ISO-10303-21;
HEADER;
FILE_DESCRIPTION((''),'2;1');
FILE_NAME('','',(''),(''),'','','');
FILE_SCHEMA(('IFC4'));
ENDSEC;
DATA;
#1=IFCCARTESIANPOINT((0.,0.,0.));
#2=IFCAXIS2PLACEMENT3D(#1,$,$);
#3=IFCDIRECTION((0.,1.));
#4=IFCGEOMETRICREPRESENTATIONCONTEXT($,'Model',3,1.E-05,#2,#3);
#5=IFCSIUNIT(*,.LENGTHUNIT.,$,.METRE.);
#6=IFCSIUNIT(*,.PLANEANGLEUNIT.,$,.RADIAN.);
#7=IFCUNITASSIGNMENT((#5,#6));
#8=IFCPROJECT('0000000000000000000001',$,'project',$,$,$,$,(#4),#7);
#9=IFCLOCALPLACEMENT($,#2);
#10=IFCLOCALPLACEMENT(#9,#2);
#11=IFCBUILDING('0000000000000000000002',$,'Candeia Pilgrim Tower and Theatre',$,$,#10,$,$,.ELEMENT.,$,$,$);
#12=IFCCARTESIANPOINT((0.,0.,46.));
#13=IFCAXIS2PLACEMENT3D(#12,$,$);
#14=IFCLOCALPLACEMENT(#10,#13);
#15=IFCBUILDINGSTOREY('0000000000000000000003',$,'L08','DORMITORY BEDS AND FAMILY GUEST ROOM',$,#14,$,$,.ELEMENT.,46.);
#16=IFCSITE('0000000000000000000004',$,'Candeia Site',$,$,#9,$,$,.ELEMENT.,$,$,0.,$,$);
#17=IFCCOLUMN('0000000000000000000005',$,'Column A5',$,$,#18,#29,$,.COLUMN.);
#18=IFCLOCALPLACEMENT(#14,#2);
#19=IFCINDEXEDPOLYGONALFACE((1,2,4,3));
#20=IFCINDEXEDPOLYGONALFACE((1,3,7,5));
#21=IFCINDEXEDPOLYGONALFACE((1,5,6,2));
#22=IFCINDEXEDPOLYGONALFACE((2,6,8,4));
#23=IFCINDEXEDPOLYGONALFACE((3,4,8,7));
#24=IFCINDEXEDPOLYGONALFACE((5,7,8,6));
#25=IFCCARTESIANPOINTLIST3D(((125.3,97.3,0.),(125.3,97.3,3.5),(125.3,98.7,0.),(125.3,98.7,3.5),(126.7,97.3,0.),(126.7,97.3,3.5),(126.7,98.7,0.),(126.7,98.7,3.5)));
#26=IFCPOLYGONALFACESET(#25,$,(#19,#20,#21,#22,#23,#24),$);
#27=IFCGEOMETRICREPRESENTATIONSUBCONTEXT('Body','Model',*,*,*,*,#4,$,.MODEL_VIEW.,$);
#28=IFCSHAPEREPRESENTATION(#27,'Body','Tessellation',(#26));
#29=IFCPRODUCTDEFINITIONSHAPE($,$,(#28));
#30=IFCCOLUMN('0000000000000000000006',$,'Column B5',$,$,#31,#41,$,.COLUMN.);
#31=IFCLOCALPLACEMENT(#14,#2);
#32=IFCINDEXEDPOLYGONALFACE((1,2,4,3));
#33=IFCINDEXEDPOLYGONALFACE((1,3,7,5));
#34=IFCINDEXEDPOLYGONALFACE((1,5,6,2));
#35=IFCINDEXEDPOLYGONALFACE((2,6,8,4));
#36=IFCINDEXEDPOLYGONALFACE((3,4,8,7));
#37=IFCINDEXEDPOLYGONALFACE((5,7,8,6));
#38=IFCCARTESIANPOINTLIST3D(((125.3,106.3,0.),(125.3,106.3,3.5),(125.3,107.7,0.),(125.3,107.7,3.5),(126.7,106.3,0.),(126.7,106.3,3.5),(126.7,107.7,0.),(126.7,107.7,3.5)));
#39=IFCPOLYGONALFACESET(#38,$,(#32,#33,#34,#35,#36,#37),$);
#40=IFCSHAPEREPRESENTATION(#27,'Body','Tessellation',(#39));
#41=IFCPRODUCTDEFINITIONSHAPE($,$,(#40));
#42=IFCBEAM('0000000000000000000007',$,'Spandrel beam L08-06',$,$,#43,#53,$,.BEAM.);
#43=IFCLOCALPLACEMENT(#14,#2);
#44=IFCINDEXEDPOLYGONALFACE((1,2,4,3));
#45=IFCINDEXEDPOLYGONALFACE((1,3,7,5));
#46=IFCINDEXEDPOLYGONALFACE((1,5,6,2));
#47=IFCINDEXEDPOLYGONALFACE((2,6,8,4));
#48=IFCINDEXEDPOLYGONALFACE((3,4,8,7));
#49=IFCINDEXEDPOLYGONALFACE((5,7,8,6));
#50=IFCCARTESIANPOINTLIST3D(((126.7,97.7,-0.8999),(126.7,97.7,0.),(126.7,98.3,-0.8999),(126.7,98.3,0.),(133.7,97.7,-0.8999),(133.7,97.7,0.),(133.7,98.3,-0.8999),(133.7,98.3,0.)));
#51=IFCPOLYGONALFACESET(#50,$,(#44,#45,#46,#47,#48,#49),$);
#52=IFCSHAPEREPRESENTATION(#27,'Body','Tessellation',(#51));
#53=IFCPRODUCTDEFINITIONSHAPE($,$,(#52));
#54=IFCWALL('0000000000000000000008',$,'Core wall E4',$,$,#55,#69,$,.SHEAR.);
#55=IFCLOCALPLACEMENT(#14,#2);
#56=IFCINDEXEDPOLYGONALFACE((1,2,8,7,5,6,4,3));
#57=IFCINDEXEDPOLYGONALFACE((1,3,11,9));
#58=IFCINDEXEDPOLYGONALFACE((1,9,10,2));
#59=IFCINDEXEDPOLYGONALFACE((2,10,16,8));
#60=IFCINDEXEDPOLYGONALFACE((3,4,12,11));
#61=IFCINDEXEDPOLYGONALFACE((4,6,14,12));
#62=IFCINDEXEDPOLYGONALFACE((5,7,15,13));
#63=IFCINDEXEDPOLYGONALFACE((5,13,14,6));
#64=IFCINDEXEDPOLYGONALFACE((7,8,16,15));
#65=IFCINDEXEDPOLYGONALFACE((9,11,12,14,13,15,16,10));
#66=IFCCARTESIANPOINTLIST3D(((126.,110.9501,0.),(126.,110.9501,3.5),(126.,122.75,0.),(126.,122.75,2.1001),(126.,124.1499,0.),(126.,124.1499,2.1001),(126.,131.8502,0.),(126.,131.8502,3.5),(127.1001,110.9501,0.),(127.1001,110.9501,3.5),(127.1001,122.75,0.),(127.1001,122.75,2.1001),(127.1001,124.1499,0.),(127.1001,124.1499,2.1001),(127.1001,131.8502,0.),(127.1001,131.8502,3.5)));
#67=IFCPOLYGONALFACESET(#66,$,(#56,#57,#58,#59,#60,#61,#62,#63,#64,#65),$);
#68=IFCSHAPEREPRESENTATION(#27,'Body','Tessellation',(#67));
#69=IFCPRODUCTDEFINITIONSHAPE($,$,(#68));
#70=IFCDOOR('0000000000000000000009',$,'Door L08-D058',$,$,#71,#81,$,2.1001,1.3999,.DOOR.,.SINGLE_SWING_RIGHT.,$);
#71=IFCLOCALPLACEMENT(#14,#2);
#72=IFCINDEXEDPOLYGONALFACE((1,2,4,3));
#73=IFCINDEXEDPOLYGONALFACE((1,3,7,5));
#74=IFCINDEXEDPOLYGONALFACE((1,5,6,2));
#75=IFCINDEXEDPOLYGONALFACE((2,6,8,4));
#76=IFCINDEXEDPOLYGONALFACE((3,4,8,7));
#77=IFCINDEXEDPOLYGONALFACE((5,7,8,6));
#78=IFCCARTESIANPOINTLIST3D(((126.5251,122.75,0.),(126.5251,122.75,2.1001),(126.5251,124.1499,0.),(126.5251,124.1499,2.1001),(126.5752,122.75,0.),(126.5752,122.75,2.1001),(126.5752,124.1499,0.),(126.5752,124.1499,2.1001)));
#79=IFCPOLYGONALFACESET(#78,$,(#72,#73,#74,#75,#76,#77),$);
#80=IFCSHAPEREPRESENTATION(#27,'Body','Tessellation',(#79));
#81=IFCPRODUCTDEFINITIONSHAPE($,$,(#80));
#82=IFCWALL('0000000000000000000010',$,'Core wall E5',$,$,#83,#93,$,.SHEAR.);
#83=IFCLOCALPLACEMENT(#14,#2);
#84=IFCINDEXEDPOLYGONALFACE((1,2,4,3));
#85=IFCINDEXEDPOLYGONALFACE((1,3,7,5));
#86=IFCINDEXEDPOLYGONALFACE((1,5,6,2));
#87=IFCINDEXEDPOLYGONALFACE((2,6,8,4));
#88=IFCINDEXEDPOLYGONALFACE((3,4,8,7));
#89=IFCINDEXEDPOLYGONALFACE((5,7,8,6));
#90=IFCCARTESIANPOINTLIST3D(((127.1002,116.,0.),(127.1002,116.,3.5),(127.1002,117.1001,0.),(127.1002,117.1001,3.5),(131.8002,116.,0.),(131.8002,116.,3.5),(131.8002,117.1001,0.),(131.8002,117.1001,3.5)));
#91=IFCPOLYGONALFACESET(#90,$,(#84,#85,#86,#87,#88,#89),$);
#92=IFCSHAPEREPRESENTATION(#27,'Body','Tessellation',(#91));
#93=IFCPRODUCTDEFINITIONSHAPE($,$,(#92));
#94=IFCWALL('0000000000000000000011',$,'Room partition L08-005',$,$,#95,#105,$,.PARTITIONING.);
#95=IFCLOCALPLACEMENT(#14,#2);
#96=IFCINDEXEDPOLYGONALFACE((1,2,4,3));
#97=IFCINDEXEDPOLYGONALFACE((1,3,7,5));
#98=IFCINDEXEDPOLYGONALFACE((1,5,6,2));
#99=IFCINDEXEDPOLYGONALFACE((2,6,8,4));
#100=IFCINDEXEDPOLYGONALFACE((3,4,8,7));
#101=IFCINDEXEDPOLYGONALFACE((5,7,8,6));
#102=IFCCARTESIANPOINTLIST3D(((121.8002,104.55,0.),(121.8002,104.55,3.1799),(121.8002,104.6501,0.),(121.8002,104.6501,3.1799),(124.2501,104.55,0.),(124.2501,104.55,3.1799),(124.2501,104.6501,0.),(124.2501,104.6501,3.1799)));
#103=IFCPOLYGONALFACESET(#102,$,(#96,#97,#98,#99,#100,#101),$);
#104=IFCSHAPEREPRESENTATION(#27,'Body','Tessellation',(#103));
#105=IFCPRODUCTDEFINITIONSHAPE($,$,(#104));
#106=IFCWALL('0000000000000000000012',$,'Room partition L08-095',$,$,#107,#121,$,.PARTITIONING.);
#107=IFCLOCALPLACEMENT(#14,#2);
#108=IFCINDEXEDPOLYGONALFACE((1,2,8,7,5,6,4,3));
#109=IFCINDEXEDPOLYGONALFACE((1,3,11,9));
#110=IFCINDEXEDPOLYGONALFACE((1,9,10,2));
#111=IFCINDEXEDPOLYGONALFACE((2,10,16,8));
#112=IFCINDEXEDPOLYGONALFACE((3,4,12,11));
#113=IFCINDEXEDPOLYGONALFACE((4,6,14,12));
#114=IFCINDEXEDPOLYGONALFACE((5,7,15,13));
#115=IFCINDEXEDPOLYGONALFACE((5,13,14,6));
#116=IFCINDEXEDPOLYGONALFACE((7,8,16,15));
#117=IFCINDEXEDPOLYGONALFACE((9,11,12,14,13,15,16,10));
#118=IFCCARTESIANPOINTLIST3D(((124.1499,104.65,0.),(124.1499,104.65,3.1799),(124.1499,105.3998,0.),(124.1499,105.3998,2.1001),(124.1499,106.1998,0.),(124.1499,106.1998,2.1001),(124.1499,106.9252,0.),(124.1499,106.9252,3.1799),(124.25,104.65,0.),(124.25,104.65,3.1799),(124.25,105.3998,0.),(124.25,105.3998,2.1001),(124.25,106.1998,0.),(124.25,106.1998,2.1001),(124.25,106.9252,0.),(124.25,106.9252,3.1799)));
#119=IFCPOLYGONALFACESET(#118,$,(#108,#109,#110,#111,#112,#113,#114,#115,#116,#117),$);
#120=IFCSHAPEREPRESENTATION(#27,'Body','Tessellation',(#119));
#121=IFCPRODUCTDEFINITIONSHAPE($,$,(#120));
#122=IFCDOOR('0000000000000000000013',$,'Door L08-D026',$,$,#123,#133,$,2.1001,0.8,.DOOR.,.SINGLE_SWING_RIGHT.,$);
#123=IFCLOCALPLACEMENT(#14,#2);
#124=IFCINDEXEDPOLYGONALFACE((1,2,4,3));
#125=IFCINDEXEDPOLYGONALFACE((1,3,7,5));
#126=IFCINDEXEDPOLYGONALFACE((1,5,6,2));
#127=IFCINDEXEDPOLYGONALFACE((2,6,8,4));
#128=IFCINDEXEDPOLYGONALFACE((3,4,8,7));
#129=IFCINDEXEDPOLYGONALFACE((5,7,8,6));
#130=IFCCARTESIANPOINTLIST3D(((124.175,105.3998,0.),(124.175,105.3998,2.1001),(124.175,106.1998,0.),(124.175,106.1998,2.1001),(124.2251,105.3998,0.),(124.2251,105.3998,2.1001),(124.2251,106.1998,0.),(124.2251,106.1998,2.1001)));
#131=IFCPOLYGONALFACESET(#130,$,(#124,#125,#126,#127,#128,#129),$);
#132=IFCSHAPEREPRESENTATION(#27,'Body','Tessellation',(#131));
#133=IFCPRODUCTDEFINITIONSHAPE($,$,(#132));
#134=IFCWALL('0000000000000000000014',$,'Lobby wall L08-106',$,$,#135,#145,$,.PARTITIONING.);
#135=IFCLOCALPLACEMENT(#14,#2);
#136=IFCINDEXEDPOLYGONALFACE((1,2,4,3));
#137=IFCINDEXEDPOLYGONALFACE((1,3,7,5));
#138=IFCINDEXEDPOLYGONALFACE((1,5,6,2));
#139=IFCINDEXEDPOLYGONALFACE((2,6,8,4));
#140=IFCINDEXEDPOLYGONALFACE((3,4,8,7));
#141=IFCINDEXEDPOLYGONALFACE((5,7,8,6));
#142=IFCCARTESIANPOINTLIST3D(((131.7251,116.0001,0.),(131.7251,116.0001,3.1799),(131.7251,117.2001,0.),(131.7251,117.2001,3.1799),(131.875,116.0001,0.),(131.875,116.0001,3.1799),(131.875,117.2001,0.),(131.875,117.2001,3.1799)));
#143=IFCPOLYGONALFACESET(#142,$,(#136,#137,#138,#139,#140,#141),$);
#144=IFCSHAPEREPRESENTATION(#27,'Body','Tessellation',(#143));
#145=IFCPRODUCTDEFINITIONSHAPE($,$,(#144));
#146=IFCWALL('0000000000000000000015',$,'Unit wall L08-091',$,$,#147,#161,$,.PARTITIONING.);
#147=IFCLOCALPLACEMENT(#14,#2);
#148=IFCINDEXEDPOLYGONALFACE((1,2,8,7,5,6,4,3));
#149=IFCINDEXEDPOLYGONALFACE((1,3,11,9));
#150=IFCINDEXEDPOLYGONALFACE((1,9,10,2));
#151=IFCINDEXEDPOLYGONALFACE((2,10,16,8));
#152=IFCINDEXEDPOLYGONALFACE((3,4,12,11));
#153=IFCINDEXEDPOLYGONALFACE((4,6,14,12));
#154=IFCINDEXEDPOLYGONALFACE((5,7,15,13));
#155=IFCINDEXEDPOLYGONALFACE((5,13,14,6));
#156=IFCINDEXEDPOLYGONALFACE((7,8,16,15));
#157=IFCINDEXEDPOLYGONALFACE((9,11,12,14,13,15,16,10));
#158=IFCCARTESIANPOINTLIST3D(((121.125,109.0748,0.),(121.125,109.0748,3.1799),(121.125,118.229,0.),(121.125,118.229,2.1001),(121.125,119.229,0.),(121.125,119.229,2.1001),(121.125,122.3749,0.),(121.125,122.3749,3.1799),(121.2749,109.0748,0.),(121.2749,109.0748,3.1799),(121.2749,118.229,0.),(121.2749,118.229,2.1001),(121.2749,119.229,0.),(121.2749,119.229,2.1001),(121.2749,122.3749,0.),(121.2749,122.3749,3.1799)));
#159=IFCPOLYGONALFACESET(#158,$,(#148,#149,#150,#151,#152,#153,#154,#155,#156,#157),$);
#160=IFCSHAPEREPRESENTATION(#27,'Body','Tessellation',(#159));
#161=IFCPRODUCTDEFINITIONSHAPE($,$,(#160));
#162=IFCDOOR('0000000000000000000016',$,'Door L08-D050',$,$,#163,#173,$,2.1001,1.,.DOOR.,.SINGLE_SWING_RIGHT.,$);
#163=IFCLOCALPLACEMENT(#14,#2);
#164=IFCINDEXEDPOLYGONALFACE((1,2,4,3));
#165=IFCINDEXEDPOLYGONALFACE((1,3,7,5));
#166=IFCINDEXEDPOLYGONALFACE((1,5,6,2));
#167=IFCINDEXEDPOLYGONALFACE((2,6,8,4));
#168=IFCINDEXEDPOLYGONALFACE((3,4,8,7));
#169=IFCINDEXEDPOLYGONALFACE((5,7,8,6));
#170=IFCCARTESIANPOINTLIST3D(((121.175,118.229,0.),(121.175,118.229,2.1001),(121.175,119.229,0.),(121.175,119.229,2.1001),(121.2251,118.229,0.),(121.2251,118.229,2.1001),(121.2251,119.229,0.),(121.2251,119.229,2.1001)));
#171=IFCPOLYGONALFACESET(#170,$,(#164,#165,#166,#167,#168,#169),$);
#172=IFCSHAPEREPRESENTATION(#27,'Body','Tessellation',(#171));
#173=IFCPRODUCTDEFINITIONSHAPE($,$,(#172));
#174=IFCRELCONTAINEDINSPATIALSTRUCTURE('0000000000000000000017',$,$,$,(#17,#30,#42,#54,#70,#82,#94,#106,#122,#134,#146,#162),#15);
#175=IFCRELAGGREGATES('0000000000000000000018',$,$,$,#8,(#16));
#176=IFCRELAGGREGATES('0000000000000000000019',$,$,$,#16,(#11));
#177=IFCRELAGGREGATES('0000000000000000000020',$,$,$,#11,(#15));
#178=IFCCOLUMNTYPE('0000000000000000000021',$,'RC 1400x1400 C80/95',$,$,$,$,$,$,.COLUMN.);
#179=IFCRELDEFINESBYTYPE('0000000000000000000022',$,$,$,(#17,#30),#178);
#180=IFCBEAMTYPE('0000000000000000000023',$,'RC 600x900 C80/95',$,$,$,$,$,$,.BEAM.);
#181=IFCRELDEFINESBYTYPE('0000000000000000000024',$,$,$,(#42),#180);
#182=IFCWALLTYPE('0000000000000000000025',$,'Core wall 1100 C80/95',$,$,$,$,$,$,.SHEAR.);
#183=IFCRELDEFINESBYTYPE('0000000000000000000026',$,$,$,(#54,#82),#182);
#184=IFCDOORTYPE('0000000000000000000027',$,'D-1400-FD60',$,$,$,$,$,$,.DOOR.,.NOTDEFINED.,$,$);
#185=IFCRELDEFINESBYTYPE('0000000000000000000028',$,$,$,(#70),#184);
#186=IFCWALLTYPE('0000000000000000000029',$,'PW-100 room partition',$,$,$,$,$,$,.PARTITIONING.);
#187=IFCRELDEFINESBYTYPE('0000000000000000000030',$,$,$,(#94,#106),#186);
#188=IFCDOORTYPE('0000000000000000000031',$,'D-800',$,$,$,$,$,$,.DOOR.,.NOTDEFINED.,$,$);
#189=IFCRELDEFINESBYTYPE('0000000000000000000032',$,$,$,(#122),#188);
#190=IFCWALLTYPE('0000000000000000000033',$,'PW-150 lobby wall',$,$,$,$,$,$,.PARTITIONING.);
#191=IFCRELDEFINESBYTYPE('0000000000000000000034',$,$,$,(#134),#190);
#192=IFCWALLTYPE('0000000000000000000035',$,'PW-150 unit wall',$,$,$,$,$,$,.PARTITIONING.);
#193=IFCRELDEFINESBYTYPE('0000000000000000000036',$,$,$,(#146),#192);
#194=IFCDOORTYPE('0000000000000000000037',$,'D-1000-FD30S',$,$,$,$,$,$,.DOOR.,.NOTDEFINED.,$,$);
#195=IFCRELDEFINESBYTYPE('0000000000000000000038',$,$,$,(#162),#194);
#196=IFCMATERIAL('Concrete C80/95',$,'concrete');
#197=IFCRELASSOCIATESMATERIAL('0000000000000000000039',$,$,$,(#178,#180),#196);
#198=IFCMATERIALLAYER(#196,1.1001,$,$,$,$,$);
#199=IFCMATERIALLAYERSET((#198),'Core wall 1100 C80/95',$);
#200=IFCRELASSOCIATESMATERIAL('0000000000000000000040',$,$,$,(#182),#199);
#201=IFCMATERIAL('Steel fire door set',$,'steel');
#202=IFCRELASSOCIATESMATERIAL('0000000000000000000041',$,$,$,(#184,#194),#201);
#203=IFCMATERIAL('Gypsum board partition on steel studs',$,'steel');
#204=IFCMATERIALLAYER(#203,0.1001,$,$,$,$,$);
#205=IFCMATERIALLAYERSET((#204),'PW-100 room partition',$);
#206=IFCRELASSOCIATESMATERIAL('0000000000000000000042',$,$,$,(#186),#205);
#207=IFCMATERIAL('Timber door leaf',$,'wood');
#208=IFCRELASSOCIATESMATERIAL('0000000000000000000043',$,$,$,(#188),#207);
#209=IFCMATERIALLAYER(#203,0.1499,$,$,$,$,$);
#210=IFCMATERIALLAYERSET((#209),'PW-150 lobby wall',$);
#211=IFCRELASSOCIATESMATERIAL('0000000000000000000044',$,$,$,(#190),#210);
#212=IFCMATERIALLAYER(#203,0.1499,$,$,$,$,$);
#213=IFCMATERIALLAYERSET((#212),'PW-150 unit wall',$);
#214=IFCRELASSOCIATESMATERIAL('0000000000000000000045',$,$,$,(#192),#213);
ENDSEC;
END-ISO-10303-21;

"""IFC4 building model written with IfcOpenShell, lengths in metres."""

from ifc_helpers import new_model, si_unit, direction, frame, frame_2d, origin, origin_2d, place, context, subcontext, project, spatial, rectangle, extrude, material, layer, layer_set, material_profile, profile_set, type_object, element, fill, save


model = new_model("IFC4")

# Units and contexts
model_context = context("Model", 3, precision=1e-05, world=origin(), true_north=direction((0.0, 1.0)))
body_context = subcontext(model_context, "Body", "Model", "MODEL_VIEW")
ifc_project = project(units=[si_unit("LENGTHUNIT", "METRE"), si_unit("PLANEANGLEUNIT", "RADIAN")], contexts=[model_context])

# Site, building, storey
site_placement = place(None, origin())
site = spatial("IfcSite", under=ifc_project, at=site_placement, Name="Candeia Site", CompositionType="ELEMENT", RefElevation=0.0)
building_placement = place(site_placement, origin())
building = spatial("IfcBuilding", under=site, at=building_placement, Name="Candeia Pilgrim Tower and Theatre", CompositionType="ELEMENT")
storey_placement = place(building_placement, frame((0.0, 0.0, 46.0)))
storey = spatial("IfcBuildingStorey", under=building, at=storey_placement, Name="L08", Description="DORMITORY BEDS AND FAMILY GUEST ROOM", CompositionType="ELEMENT", Elevation=46.0)

# Columns
ifc_material_1 = material(Name="Concrete C80/95", Category="concrete")
ifc_material_profile_1 = material_profile(ifc_material_1, rectangle(XDim=1.3999, YDim=1.3999, at=origin_2d()))
ifc_profile_set_1 = profile_set([ifc_material_profile_1], Name="Concrete C80/95")
column_type = type_object("IfcColumnType", Name="RC 1400x1400 C80/95", PredefinedType="COLUMN", material=ifc_profile_set_1)
for number, where, z_axis, x_axis, name in (
    (1, (126.0, 98.0, 0.0), (0.0, 0.0, 1.0), (1.0, 0.0, 0.0), "Column A5"),
    (2, (126.0, 107.0, 0.0), (0.0, 0.0, 1.0), (1.0, 0.0, 0.0), "Column B5"),
):
    element("IfcColumn", number, at=place(storey_placement, frame(where, z_axis=z_axis, x_axis=x_axis)), inside=storey, type_object=column_type, Name=name, PredefinedType="COLUMN", context=body_context, shape_type="SweptSolid", body=[
        extrude(rectangle(XDim=1.3999, YDim=1.3999, at=origin_2d()), origin(), (0.0, 0.0, 1.0), 3.5),
    ])

# Beam
ifc_material_profile_2 = material_profile(ifc_material_1, rectangle(XDim=0.6001, YDim=0.8999, at=origin_2d()))
ifc_profile_set_2 = profile_set([ifc_material_profile_2], Name="Concrete C80/95")
beam_type = type_object("IfcBeamType", Name="RC 600x900 C80/95", PredefinedType="BEAM", material=ifc_profile_set_2)
beam_placement = place(storey_placement, frame((126.7, 98.0, -0.45), z_axis=(1.0, 0.0, 0.0), x_axis=(0.0, 1.0, 0.0)))
element("IfcBeam", 3, at=beam_placement, inside=storey, type_object=beam_type, Name="Spandrel beam L08-06", PredefinedType="BEAM", context=body_context, shape_type="SweptSolid", body=[
    extrude(rectangle(XDim=0.6001, YDim=0.8999, at=origin_2d()), origin(), (0.0, 0.0, 1.0), 7.0),
])

# Wall, opening, door
ifc_layer_1 = layer(ifc_material_1, 1.1001)
ifc_layer_set_1 = layer_set([ifc_layer_1], Name="Core wall 1100 C80/95")
wall_type_1 = type_object("IfcWallType", Name="Core wall 1100 C80/95", PredefinedType="SHEAR", material=ifc_layer_set_1)
wall_1_placement = place(storey_placement, frame((126.55, 110.95, 0.0), z_axis=(0.0, 0.0, 1.0), x_axis=(0.0, 1.0, 0.0)))
wall_1 = element("IfcWall", 4, at=wall_1_placement, inside=storey, type_object=wall_type_1, Name="Core wall E4", PredefinedType="SHEAR", context=body_context, shape_type="SweptSolid", body=[
    extrude(rectangle(XDim=20.9001, YDim=1.1001, at=frame_2d((10.4502, 0.0))), origin(), (0.0, 0.0, 1.0), 3.5),
])
opening_1_placement = place(wall_1_placement, frame((11.8, 0.0, 0.0)))
opening_1 = element("IfcOpeningElement", 5, at=opening_1_placement, cuts=wall_1, PredefinedType="OPENING", context=body_context, shape_type="SweptSolid", body=[
    extrude(rectangle(XDim=1.3999, YDim=2.1001, at=frame_2d((0.7, 1.05))), frame((0.0, 0.5601, 0.0), z_axis=(0.0, -1.0, 0.0), x_axis=(1.0, 0.0, 0.0)), (0.0, 0.0, 1.0), 1.1201),
])
ifc_material_2 = material(Name="Steel fire door set", Category="steel")
door_type_1 = type_object("IfcDoorType", Name="D-1400-FD60", OperationType="NOTDEFINED", PredefinedType="DOOR", material=ifc_material_2)
door_1_placement = place(opening_1_placement, origin())
door_1 = element("IfcDoor", 6, at=door_1_placement, inside=storey, type_object=door_type_1, Name="Door L08-D058", OperationType="SINGLE_SWING_RIGHT", OverallHeight=2.1001, OverallWidth=1.3999, PredefinedType="DOOR", context=body_context, shape_type="SweptSolid", body=[
    extrude(rectangle(XDim=1.3999, YDim=2.1001, at=frame_2d((0.7, 1.05))), frame((0.0, 0.0249, 0.0), z_axis=(0.0, -1.0, 0.0), x_axis=(1.0, 0.0, 0.0)), (0.0, 0.0, 1.0), 0.05),
])
fill(opening_1, door_1)

# Walls
wall_2_placement = place(storey_placement, frame((127.1001, 116.55, 0.0), z_axis=(0.0, 0.0, 1.0), x_axis=(1.0, 0.0, 0.0)))
element("IfcWall", 7, at=wall_2_placement, inside=storey, type_object=wall_type_1, Name="Core wall E5", PredefinedType="SHEAR", context=body_context, shape_type="SweptSolid", body=[
    extrude(rectangle(XDim=4.7, YDim=1.1001, at=frame_2d((2.3501, 0.0))), origin(), (0.0, 0.0, 1.0), 3.5),
])
ifc_material_3 = material(Name="Gypsum board partition on steel studs", Category="steel")
ifc_layer_2 = layer(ifc_material_3, 0.1001)
ifc_layer_set_2 = layer_set([ifc_layer_2], Name="PW-100 room partition")
wall_type_2 = type_object("IfcWallType", Name="PW-100 room partition", PredefinedType="PARTITIONING", material=ifc_layer_set_2)
wall_3_placement = place(storey_placement, frame((121.8, 104.6001, 0.0), z_axis=(0.0, 0.0, 1.0), x_axis=(1.0, 0.0, 0.0)))
element("IfcWall", 8, at=wall_3_placement, inside=storey, type_object=wall_type_2, Name="Room partition L08-005", PredefinedType="PARTITIONING", context=body_context, shape_type="SweptSolid", body=[
    extrude(rectangle(XDim=2.45, YDim=0.1001, at=frame_2d((1.2251, 0.0))), origin(), (0.0, 0.0, 1.0), 3.1799),
])

# Wall, opening, door
wall_4_placement = place(storey_placement, frame((124.2, 104.6499, 0.0), z_axis=(0.0, 0.0, 1.0), x_axis=(0.0, 1.0, 0.0)))
wall_4 = element("IfcWall", 9, at=wall_4_placement, inside=storey, type_object=wall_type_2, Name="Room partition L08-095", PredefinedType="PARTITIONING", context=body_context, shape_type="SweptSolid", body=[
    extrude(rectangle(XDim=2.2751, YDim=0.1001, at=frame_2d((1.1377, 0.0))), origin(), (0.0, 0.0, 1.0), 3.1799),
])
opening_2_placement = place(wall_4_placement, frame((0.75, 0.0, 0.0)))
opening_2 = element("IfcOpeningElement", 10, at=opening_2_placement, cuts=wall_4, PredefinedType="OPENING", context=body_context, shape_type="SweptSolid", body=[
    extrude(rectangle(XDim=0.8, YDim=2.1001, at=frame_2d((0.3999, 1.05))), frame((0.0, 0.0601, 0.0), z_axis=(0.0, -1.0, 0.0), x_axis=(1.0, 0.0, 0.0)), (0.0, 0.0, 1.0), 0.1201),
])
ifc_material_4 = material(Name="Timber door leaf", Category="wood")
door_type_2 = type_object("IfcDoorType", Name="D-800", OperationType="NOTDEFINED", PredefinedType="DOOR", material=ifc_material_4)
door_2_placement = place(opening_2_placement, origin())
door_2 = element("IfcDoor", 11, at=door_2_placement, inside=storey, type_object=door_type_2, Name="Door L08-D026", OperationType="SINGLE_SWING_RIGHT", OverallHeight=2.1001, OverallWidth=0.8, PredefinedType="DOOR", context=body_context, shape_type="SweptSolid", body=[
    extrude(rectangle(XDim=0.8, YDim=2.1001, at=frame_2d((0.3999, 1.05))), frame((0.0, 0.0249, 0.0), z_axis=(0.0, -1.0, 0.0), x_axis=(1.0, 0.0, 0.0)), (0.0, 0.0, 1.0), 0.05),
])
fill(opening_2, door_2)

# Wall
ifc_layer_3 = layer(ifc_material_3, 0.1499)
ifc_layer_set_3 = layer_set([ifc_layer_3], Name="PW-150 lobby wall")
wall_type_3 = type_object("IfcWallType", Name="PW-150 lobby wall", PredefinedType="PARTITIONING", material=ifc_layer_set_3)
wall_5_placement = place(storey_placement, frame((131.8, 116.0, 0.0), z_axis=(0.0, 0.0, 1.0), x_axis=(0.0, 1.0, 0.0)))
element("IfcWall", 12, at=wall_5_placement, inside=storey, type_object=wall_type_3, Name="Lobby wall L08-106", PredefinedType="PARTITIONING", context=body_context, shape_type="SweptSolid", body=[
    extrude(rectangle(XDim=1.2, YDim=0.1499, at=frame_2d((0.6001, 0.0))), origin(), (0.0, 0.0, 1.0), 3.1799),
])

# Wall, opening, door
ifc_layer_4 = layer(ifc_material_3, 0.1499)
ifc_layer_set_4 = layer_set([ifc_layer_4], Name="PW-150 unit wall")
wall_type_4 = type_object("IfcWallType", Name="PW-150 unit wall", PredefinedType="PARTITIONING", material=ifc_layer_set_4)
wall_6_placement = place(storey_placement, frame((121.2, 109.075, 0.0), z_axis=(0.0, 0.0, 1.0), x_axis=(0.0, 1.0, 0.0)))
wall_6 = element("IfcWall", 13, at=wall_6_placement, inside=storey, type_object=wall_type_4, Name="Unit wall L08-091", PredefinedType="PARTITIONING", context=body_context, shape_type="SweptSolid", body=[
    extrude(rectangle(XDim=13.3, YDim=0.1499, at=frame_2d((6.6499, 0.0))), origin(), (0.0, 0.0, 1.0), 3.1799),
])
opening_3_placement = place(wall_6_placement, frame((9.1541, 0.0, 0.0)))
opening_3 = element("IfcOpeningElement", 14, at=opening_3_placement, cuts=wall_6, PredefinedType="OPENING", context=body_context, shape_type="SweptSolid", body=[
    extrude(rectangle(XDim=1.0, YDim=2.1001, at=frame_2d((0.5, 1.05))), frame((0.0, 0.085, 0.0), z_axis=(0.0, -1.0, 0.0), x_axis=(1.0, 0.0, 0.0)), (0.0, 0.0, 1.0), 0.1699),
])
door_type_3 = type_object("IfcDoorType", Name="D-1000-FD30S", OperationType="NOTDEFINED", PredefinedType="DOOR", material=ifc_material_2)
door_3_placement = place(opening_3_placement, origin())
door_3 = element("IfcDoor", 15, at=door_3_placement, inside=storey, type_object=door_type_3, Name="Door L08-D050", OperationType="SINGLE_SWING_RIGHT", OverallHeight=2.1001, OverallWidth=1.0, PredefinedType="DOOR", context=body_context, shape_type="SweptSolid", body=[
    extrude(rectangle(XDim=1.0, YDim=2.1001, at=frame_2d((0.5, 1.05))), frame((0.0, 0.0249, 0.0), z_axis=(0.0, -1.0, 0.0), x_axis=(1.0, 0.0, 0.0)), (0.0, 0.0, 1.0), 0.05),
])
fill(opening_3, door_3)

save(model, "model.ifc")
